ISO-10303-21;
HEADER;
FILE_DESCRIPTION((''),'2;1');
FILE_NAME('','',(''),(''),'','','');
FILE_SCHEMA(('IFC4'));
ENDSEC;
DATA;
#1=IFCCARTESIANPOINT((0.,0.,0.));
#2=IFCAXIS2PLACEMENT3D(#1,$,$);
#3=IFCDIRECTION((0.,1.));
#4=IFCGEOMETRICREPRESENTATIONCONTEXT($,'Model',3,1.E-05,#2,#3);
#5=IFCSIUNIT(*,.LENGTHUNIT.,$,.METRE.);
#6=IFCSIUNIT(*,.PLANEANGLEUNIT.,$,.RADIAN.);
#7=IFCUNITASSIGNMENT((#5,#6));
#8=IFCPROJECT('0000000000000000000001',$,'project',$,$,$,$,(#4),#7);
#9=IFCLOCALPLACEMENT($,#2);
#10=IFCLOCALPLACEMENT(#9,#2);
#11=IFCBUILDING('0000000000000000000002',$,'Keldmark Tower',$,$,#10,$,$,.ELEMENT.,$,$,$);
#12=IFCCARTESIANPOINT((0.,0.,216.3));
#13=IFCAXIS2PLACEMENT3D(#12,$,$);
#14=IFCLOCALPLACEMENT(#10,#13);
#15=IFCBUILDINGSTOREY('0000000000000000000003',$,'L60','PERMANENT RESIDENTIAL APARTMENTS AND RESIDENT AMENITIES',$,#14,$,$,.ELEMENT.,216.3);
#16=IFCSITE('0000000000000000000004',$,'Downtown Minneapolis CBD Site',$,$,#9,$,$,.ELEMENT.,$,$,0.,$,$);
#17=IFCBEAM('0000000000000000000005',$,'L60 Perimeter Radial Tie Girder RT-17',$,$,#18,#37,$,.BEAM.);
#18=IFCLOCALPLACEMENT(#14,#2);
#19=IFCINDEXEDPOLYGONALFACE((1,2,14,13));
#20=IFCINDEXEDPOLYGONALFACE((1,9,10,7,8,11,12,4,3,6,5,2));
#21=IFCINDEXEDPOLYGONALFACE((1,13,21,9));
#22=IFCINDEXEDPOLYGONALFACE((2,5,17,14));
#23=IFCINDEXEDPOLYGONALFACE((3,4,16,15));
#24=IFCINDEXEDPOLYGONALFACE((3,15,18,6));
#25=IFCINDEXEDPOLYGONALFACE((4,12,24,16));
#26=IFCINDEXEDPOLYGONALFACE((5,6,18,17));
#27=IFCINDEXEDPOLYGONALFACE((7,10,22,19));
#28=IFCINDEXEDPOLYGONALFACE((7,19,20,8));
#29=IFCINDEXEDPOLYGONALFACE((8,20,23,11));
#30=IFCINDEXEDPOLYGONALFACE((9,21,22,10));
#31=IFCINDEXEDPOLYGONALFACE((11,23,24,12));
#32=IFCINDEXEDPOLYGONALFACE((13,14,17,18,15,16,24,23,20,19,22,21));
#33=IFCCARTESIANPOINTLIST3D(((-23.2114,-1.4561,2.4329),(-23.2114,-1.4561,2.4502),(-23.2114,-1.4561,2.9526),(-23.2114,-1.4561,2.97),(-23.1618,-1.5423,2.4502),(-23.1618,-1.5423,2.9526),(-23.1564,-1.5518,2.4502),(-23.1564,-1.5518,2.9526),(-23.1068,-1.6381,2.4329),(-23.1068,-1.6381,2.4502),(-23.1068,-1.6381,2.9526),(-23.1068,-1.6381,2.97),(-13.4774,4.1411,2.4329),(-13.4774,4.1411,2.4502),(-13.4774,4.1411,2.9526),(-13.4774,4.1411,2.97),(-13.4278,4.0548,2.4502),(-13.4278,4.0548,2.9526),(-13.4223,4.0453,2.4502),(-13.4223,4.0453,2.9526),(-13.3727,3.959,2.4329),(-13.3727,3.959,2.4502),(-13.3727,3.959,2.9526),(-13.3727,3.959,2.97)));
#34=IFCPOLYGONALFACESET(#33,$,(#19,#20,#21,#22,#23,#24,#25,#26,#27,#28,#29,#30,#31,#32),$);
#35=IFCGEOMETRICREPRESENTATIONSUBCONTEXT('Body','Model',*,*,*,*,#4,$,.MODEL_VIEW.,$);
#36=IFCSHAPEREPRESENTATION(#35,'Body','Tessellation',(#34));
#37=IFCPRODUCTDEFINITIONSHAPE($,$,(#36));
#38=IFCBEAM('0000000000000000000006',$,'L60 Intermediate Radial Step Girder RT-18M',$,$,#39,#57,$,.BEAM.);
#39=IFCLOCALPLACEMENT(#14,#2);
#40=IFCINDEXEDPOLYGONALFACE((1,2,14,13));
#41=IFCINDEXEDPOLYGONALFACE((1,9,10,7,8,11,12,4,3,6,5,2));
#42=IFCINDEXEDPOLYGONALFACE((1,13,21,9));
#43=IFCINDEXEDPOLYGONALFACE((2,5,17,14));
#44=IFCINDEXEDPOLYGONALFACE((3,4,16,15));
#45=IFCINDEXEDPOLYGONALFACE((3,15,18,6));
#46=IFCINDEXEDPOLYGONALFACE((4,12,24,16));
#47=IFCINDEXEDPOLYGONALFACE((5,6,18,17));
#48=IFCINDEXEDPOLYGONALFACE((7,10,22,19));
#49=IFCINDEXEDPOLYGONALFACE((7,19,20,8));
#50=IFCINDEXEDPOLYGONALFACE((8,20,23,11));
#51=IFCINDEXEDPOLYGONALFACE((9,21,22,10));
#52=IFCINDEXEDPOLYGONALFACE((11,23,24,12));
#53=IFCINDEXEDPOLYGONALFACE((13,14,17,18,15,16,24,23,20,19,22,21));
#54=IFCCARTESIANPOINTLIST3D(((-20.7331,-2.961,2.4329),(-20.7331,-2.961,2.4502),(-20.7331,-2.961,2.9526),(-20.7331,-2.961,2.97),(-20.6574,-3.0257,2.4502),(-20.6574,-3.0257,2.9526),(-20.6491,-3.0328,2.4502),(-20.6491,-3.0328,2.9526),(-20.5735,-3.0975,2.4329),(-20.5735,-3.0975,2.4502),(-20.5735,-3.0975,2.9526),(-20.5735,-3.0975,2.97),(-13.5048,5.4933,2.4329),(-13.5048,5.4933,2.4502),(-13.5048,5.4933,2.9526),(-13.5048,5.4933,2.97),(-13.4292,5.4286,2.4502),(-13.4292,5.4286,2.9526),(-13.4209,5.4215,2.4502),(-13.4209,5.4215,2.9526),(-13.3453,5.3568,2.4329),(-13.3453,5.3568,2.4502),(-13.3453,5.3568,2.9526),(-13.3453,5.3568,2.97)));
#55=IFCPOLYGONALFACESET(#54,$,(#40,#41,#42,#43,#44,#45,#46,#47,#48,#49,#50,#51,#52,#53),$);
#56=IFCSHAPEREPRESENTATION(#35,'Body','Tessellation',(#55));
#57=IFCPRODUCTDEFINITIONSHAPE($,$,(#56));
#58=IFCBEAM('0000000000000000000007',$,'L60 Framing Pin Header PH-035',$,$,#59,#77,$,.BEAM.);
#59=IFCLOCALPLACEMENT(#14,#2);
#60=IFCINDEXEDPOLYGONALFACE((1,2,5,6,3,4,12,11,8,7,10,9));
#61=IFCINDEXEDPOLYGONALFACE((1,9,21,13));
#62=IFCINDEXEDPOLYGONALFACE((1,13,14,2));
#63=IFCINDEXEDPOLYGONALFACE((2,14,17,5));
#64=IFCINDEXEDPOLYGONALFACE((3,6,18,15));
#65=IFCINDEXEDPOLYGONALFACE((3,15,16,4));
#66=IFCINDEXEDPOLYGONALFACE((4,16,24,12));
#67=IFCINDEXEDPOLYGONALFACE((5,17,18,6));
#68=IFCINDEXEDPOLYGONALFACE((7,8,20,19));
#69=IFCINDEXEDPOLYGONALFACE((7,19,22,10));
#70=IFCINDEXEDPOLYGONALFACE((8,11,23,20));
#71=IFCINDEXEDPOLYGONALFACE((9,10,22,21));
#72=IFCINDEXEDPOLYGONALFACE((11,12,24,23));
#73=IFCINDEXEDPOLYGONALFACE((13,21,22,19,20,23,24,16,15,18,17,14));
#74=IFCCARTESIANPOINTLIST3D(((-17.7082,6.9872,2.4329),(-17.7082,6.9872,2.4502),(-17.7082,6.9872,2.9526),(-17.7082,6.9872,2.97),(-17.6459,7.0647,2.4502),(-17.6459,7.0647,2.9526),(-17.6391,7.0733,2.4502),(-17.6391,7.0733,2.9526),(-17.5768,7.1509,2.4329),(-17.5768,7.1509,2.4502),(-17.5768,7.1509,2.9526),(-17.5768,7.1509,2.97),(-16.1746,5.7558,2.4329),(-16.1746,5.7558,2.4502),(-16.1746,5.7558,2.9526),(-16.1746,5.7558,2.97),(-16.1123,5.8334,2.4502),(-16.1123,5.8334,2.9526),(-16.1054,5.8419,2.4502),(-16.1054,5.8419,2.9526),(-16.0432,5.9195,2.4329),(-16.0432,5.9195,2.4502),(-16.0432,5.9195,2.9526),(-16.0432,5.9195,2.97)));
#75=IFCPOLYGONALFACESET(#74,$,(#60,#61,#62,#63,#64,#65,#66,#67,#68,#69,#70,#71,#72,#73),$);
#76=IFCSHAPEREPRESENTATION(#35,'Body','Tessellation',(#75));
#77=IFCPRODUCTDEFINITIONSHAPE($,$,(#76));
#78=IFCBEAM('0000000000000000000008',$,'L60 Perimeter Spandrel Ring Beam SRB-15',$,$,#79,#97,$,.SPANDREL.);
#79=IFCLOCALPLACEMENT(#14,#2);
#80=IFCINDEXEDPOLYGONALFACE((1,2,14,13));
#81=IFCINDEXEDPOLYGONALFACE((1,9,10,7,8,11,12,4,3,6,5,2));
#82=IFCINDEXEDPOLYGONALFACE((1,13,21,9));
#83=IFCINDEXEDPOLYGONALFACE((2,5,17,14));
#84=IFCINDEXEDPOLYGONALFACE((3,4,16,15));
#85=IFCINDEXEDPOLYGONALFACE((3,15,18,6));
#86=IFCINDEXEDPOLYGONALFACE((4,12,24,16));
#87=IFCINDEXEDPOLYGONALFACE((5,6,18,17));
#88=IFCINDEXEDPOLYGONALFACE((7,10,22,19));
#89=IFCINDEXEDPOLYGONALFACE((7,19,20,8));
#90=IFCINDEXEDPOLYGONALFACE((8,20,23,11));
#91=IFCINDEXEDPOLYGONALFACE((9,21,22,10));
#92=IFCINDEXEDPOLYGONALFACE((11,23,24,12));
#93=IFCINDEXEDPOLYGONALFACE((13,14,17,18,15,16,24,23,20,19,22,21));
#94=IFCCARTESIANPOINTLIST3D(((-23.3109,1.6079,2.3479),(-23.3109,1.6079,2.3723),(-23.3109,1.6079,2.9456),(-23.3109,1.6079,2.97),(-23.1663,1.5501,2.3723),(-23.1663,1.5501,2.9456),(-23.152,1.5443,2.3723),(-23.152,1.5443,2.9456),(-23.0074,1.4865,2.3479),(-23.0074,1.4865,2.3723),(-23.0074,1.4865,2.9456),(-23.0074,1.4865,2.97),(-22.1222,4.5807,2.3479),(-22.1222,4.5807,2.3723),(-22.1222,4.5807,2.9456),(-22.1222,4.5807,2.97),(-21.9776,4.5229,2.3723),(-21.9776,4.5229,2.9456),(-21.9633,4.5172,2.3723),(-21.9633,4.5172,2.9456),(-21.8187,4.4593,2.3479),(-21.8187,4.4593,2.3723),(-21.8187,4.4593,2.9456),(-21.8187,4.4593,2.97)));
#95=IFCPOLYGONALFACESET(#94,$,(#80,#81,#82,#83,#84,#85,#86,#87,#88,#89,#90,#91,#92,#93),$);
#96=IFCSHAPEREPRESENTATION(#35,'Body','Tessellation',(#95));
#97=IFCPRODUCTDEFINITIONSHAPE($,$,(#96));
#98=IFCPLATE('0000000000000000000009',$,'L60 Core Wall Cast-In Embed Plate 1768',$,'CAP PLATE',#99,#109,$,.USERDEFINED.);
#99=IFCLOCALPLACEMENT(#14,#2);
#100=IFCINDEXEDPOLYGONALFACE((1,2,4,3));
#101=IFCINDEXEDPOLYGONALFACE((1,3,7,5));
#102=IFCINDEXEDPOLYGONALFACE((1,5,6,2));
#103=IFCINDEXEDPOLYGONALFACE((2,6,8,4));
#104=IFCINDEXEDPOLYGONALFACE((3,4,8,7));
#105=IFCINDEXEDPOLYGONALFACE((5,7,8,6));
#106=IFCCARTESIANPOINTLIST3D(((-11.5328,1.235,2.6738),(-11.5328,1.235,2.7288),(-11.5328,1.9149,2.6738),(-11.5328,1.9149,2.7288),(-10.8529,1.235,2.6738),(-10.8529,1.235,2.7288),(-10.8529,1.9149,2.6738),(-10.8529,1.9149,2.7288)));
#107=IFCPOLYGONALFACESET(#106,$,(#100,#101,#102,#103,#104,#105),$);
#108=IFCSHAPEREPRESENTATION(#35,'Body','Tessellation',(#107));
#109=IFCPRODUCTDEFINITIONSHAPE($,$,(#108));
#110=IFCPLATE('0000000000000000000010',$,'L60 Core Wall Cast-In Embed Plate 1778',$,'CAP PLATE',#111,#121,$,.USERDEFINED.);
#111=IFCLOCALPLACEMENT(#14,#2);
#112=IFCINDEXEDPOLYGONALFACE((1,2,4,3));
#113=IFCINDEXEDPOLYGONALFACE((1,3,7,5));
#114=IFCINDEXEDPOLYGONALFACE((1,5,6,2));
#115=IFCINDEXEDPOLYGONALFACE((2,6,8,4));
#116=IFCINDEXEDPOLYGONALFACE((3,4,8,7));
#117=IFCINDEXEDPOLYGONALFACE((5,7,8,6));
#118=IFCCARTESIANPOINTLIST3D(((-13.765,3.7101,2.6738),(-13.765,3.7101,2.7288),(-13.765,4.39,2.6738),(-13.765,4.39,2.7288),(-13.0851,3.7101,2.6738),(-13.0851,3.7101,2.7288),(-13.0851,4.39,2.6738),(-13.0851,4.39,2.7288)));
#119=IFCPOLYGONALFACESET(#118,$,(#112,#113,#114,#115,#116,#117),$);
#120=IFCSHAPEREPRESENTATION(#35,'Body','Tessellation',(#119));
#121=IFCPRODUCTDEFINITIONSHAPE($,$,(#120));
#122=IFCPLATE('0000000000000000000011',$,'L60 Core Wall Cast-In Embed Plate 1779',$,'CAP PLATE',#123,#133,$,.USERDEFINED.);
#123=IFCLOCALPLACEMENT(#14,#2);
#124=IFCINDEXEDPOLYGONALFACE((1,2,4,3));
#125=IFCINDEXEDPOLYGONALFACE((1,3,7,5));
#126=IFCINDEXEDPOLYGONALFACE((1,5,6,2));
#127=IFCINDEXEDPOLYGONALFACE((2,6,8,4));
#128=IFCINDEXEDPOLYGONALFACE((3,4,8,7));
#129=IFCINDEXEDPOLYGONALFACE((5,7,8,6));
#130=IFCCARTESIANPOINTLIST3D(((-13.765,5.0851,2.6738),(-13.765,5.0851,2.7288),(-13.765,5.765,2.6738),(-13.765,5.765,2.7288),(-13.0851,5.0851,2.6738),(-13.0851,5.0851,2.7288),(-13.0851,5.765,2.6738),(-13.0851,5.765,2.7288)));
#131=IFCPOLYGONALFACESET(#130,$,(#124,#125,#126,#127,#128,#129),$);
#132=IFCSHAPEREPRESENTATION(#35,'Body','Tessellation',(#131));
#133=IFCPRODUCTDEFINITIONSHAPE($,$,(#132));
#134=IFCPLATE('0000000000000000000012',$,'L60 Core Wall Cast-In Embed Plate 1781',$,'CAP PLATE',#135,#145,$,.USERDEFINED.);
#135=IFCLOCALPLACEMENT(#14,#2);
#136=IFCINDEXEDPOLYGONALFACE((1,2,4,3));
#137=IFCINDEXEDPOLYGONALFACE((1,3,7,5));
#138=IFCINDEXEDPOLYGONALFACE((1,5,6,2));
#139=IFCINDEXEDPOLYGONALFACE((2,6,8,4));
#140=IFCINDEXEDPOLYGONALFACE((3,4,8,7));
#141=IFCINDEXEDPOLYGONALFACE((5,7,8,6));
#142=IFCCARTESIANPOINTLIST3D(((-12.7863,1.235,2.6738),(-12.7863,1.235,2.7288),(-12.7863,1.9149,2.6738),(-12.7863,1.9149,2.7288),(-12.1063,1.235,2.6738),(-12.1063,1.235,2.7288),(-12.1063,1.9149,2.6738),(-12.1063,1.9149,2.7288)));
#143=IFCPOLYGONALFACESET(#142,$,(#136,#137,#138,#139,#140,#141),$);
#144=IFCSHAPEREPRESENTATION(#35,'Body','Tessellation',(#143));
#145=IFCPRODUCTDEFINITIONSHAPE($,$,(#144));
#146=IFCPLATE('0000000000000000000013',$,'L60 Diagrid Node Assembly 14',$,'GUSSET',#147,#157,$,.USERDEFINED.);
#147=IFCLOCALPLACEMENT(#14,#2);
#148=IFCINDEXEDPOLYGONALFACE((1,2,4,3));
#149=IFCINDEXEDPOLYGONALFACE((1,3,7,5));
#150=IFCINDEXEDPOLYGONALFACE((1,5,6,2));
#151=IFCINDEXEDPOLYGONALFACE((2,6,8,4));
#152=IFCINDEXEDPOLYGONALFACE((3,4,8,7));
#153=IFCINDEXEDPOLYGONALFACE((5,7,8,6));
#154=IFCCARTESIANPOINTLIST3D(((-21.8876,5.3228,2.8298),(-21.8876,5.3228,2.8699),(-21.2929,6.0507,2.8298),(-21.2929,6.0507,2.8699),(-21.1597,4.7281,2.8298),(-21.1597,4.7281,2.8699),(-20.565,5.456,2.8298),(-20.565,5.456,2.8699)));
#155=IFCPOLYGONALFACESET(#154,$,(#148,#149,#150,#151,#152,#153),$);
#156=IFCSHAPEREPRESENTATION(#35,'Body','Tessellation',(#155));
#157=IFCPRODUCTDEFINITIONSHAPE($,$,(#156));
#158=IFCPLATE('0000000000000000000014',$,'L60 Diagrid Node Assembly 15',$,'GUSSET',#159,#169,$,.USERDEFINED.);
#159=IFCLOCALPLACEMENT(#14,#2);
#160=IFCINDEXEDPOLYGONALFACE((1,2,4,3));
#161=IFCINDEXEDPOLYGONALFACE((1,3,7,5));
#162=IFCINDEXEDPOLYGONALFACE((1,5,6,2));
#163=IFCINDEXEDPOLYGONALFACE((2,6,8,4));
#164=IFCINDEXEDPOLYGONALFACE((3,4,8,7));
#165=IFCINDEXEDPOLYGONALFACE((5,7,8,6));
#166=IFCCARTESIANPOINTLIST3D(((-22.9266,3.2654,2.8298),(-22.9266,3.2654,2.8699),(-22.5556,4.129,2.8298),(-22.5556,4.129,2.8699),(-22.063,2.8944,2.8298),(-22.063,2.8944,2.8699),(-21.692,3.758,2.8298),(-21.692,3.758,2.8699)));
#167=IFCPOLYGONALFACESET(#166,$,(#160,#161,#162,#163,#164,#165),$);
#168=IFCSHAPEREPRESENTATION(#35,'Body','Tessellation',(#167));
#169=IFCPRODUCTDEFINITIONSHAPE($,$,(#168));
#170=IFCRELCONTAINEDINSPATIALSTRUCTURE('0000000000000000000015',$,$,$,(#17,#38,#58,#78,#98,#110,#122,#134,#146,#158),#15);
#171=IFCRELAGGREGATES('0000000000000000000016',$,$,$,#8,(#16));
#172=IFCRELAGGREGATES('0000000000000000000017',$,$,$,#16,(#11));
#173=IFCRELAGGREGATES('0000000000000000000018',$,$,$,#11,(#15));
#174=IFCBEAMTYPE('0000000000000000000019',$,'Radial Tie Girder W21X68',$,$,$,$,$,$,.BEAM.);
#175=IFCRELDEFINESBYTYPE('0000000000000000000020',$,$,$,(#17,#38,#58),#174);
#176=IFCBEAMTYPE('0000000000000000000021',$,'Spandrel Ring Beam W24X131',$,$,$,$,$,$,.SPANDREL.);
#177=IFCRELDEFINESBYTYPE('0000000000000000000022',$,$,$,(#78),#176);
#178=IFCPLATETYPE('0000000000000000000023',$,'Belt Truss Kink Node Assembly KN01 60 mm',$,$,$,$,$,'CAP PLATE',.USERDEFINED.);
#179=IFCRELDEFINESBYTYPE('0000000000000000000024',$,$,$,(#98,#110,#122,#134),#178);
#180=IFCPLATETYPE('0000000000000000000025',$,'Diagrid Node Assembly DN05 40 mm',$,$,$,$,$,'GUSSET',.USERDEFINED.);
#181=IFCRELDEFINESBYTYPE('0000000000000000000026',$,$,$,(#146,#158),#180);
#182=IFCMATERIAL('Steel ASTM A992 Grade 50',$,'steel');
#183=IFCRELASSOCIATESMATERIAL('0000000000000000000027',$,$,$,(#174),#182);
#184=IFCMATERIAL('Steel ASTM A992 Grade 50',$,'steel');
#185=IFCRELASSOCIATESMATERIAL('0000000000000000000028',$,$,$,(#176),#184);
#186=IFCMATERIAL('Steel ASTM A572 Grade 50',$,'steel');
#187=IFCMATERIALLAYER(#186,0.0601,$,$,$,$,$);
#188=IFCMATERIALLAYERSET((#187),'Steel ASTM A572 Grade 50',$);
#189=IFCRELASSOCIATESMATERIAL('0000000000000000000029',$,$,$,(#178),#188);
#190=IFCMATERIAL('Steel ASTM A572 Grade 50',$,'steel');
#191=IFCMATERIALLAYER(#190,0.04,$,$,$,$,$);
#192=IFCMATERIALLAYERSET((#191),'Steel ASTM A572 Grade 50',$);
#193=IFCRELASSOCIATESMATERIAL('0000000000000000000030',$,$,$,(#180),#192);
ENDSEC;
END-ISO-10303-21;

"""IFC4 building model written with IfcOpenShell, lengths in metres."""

from ifc_helpers import new_model, si_unit, direction, frame, origin, origin_2d, place, context, subcontext, project, spatial, rectangle, i_section, extrude, material, layer, layer_set, material_profile, profile_set, type_object, element, save


model = new_model("IFC4")

# Units and contexts
model_context = context("Model", 3, precision=1e-05, world=origin(), true_north=direction((0.0, 1.0)))
body_context = subcontext(model_context, "Body", "Model", "MODEL_VIEW")
ifc_project = project(units=[si_unit("LENGTHUNIT", "METRE"), si_unit("PLANEANGLEUNIT", "RADIAN")], contexts=[model_context])

# Site, building, storey
site_placement = place(None, origin())
site = spatial("IfcSite", under=ifc_project, at=site_placement, Name="Downtown Minneapolis CBD Site", CompositionType="ELEMENT", RefElevation=0.0)
building_placement = place(site_placement, origin())
building = spatial("IfcBuilding", under=site, at=building_placement, Name="Keldmark Tower", CompositionType="ELEMENT")
storey_placement = place(building_placement, frame((0.0, 0.0, 216.3)))
storey = spatial("IfcBuildingStorey", under=building, at=storey_placement, Name="L60", Description="PERMANENT RESIDENTIAL APARTMENTS AND RESIDENT AMENITIES", CompositionType="ELEMENT", Elevation=216.3)

# Beams
ifc_material_1 = material(Name="Steel ASTM A992 Grade 50", Category="steel")
ifc_material_profile_1 = material_profile(ifc_material_1, i_section(OverallWidth=0.21, OverallDepth=0.5371, WebThickness=0.011, FlangeThickness=0.0173, at=origin_2d()), Name="W21X68")
ifc_profile_set_1 = profile_set([ifc_material_profile_1], Name="Steel ASTM A992 Grade 50")
beam_type_1 = type_object("IfcBeamType", Name="Radial Tie Girder W21X68", PredefinedType="BEAM", material=ifc_profile_set_1)
beam_1_placement = place(storey_placement, frame((-13.425, 4.05, 2.7014), z_axis=(-0.866905, -0.498474, 0.0), x_axis=(0.498474, -0.866905, 0.0)))
element("IfcBeam", 1, at=beam_1_placement, inside=storey, type_object=beam_type_1, Name="L60 Perimeter Radial Tie Girder RT-17", PredefinedType="BEAM", context=body_context, shape_type="SweptSolid", body=[
    extrude(i_section(OverallWidth=0.21, OverallDepth=0.5371, WebThickness=0.011, FlangeThickness=0.0173, at=origin_2d()), origin(), (0.0, 0.0, 1.0), 11.2285),
])
beam_2_placement = place(storey_placement, frame((-13.425, 5.425, 2.7014), z_axis=(-0.649842, -0.760069, 0.0), x_axis=(0.760069, -0.649842, 0.0)))
element("IfcBeam", 2, at=beam_2_placement, inside=storey, type_object=beam_type_1, Name="L60 Intermediate Radial Step Girder RT-18M", PredefinedType="BEAM", context=body_context, shape_type="SweptSolid", body=[
    extrude(i_section(OverallWidth=0.21, OverallDepth=0.5371, WebThickness=0.011, FlangeThickness=0.0173, at=origin_2d()), origin(), (0.0, 0.0, 1.0), 11.123),
])
beam_3_placement = place(storey_placement, frame((-16.1089, 5.8376, 2.7014), z_axis=(-0.779753, 0.626087, 0.0), x_axis=(-0.626087, -0.779753, 0.0)))
element("IfcBeam", 3, at=beam_3_placement, inside=storey, type_object=beam_type_1, Name="L60 Framing Pin Header PH-035", PredefinedType="BEAM", context=body_context, shape_type="SweptSolid", body=[
    extrude(i_section(OverallWidth=0.21, OverallDepth=0.5371, WebThickness=0.011, FlangeThickness=0.0173, at=origin_2d()), origin(), (0.0, 0.0, 1.0), 1.9668),
])
ifc_material_2 = material(Name="Steel ASTM A992 Grade 50", Category="steel")
ifc_material_profile_2 = material_profile(ifc_material_2, i_section(OverallWidth=0.3269, OverallDepth=0.6221, WebThickness=0.0154, FlangeThickness=0.0244, at=origin_2d()), Name="W24X131")
ifc_profile_set_2 = profile_set([ifc_material_profile_2], Name="Steel ASTM A992 Grade 50")
beam_type_2 = type_object("IfcBeamType", Name="Spandrel Ring Beam W24X131", PredefinedType="SPANDREL", material=ifc_profile_set_2)
beam_4_placement = place(storey_placement, frame((-21.9705, 4.52, 2.6589), z_axis=(-0.371272, -0.928524, 0.0), x_axis=(0.928524, -0.371272, 0.0)))
element("IfcBeam", 4, at=beam_4_placement, inside=storey, type_object=beam_type_2, Name="L60 Perimeter Spandrel Ring Beam SRB-15", PredefinedType="SPANDREL", context=body_context, shape_type="SweptSolid", body=[
    extrude(i_section(OverallWidth=0.3269, OverallDepth=0.6221, WebThickness=0.0154, FlangeThickness=0.0244, at=origin_2d()), origin(), (0.0, 0.0, 1.0), 3.2017),
])

# Plates
ifc_material_3 = material(Name="Steel ASTM A572 Grade 50", Category="steel")
ifc_layer_1 = layer(ifc_material_3, 0.0601)
ifc_layer_set_1 = layer_set([ifc_layer_1], Name="Steel ASTM A572 Grade 50")
plate_type_1 = type_object("IfcPlateType", Name="Belt Truss Kink Node Assembly KN01 60 mm", ElementType="CAP PLATE", PredefinedType="USERDEFINED", material=ifc_layer_set_1)
for number, where, z_axis, x_axis, name in (
    (5, (-11.1929, 1.575, 2.6738), (0.0, 0.0, 1.0), (1.0, 0.0, 0.0), "L60 Core Wall Cast-In Embed Plate 1768"),
    (6, (-13.425, 4.05, 2.6738), (0.0, 0.0, 1.0), (1.0, 0.0, 0.0), "L60 Core Wall Cast-In Embed Plate 1778"),
    (7, (-13.425, 5.425, 2.6738), (0.0, 0.0, 1.0), (1.0, 0.0, 0.0), "L60 Core Wall Cast-In Embed Plate 1779"),
    (8, (-12.4463, 1.575, 2.6738), (0.0, 0.0, 1.0), (1.0, 0.0, 0.0), "L60 Core Wall Cast-In Embed Plate 1781"),
):
    element("IfcPlate", number, at=place(storey_placement, frame(where, z_axis=z_axis, x_axis=x_axis)), inside=storey, type_object=plate_type_1, Name=name, ObjectType="CAP PLATE", PredefinedType="USERDEFINED", context=body_context, shape_type="SweptSolid", body=[
        extrude(rectangle(XDim=0.6799, YDim=0.6799, at=origin_2d()), origin(), (0.0, 0.0, 1.0), 0.0549),
    ])
ifc_material_4 = material(Name="Steel ASTM A572 Grade 50", Category="steel")
ifc_layer_2 = layer(ifc_material_4, 0.04)
ifc_layer_set_2 = layer_set([ifc_layer_2], Name="Steel ASTM A572 Grade 50")
plate_type_2 = type_object("IfcPlateType", Name="Diagrid Node Assembly DN05 40 mm", ElementType="GUSSET", PredefinedType="USERDEFINED", material=ifc_layer_set_2)
for number, where, z_axis, x_axis, name in (
    (9, (-21.2263, 5.3894, 2.8298), (0.0, 0.0, 1.0), (-0.632705, -0.774393, 0.0), "L60 Diagrid Node Assembly 14"),
    (10, (-22.3093, 3.5117, 2.8298), (0.0, 0.0, 1.0), (-0.394744, -0.918791, 0.0), "L60 Diagrid Node Assembly 15"),
):
    element("IfcPlate", number, at=place(storey_placement, frame(where, z_axis=z_axis, x_axis=x_axis)), inside=storey, type_object=plate_type_2, Name=name, ObjectType="GUSSET", PredefinedType="USERDEFINED", context=body_context, shape_type="SweptSolid", body=[
        extrude(rectangle(XDim=0.9399, YDim=0.9399, at=origin_2d()), origin(), (0.0, 0.0, 1.0), 0.04),
    ])

save(model, "model.ifc")
